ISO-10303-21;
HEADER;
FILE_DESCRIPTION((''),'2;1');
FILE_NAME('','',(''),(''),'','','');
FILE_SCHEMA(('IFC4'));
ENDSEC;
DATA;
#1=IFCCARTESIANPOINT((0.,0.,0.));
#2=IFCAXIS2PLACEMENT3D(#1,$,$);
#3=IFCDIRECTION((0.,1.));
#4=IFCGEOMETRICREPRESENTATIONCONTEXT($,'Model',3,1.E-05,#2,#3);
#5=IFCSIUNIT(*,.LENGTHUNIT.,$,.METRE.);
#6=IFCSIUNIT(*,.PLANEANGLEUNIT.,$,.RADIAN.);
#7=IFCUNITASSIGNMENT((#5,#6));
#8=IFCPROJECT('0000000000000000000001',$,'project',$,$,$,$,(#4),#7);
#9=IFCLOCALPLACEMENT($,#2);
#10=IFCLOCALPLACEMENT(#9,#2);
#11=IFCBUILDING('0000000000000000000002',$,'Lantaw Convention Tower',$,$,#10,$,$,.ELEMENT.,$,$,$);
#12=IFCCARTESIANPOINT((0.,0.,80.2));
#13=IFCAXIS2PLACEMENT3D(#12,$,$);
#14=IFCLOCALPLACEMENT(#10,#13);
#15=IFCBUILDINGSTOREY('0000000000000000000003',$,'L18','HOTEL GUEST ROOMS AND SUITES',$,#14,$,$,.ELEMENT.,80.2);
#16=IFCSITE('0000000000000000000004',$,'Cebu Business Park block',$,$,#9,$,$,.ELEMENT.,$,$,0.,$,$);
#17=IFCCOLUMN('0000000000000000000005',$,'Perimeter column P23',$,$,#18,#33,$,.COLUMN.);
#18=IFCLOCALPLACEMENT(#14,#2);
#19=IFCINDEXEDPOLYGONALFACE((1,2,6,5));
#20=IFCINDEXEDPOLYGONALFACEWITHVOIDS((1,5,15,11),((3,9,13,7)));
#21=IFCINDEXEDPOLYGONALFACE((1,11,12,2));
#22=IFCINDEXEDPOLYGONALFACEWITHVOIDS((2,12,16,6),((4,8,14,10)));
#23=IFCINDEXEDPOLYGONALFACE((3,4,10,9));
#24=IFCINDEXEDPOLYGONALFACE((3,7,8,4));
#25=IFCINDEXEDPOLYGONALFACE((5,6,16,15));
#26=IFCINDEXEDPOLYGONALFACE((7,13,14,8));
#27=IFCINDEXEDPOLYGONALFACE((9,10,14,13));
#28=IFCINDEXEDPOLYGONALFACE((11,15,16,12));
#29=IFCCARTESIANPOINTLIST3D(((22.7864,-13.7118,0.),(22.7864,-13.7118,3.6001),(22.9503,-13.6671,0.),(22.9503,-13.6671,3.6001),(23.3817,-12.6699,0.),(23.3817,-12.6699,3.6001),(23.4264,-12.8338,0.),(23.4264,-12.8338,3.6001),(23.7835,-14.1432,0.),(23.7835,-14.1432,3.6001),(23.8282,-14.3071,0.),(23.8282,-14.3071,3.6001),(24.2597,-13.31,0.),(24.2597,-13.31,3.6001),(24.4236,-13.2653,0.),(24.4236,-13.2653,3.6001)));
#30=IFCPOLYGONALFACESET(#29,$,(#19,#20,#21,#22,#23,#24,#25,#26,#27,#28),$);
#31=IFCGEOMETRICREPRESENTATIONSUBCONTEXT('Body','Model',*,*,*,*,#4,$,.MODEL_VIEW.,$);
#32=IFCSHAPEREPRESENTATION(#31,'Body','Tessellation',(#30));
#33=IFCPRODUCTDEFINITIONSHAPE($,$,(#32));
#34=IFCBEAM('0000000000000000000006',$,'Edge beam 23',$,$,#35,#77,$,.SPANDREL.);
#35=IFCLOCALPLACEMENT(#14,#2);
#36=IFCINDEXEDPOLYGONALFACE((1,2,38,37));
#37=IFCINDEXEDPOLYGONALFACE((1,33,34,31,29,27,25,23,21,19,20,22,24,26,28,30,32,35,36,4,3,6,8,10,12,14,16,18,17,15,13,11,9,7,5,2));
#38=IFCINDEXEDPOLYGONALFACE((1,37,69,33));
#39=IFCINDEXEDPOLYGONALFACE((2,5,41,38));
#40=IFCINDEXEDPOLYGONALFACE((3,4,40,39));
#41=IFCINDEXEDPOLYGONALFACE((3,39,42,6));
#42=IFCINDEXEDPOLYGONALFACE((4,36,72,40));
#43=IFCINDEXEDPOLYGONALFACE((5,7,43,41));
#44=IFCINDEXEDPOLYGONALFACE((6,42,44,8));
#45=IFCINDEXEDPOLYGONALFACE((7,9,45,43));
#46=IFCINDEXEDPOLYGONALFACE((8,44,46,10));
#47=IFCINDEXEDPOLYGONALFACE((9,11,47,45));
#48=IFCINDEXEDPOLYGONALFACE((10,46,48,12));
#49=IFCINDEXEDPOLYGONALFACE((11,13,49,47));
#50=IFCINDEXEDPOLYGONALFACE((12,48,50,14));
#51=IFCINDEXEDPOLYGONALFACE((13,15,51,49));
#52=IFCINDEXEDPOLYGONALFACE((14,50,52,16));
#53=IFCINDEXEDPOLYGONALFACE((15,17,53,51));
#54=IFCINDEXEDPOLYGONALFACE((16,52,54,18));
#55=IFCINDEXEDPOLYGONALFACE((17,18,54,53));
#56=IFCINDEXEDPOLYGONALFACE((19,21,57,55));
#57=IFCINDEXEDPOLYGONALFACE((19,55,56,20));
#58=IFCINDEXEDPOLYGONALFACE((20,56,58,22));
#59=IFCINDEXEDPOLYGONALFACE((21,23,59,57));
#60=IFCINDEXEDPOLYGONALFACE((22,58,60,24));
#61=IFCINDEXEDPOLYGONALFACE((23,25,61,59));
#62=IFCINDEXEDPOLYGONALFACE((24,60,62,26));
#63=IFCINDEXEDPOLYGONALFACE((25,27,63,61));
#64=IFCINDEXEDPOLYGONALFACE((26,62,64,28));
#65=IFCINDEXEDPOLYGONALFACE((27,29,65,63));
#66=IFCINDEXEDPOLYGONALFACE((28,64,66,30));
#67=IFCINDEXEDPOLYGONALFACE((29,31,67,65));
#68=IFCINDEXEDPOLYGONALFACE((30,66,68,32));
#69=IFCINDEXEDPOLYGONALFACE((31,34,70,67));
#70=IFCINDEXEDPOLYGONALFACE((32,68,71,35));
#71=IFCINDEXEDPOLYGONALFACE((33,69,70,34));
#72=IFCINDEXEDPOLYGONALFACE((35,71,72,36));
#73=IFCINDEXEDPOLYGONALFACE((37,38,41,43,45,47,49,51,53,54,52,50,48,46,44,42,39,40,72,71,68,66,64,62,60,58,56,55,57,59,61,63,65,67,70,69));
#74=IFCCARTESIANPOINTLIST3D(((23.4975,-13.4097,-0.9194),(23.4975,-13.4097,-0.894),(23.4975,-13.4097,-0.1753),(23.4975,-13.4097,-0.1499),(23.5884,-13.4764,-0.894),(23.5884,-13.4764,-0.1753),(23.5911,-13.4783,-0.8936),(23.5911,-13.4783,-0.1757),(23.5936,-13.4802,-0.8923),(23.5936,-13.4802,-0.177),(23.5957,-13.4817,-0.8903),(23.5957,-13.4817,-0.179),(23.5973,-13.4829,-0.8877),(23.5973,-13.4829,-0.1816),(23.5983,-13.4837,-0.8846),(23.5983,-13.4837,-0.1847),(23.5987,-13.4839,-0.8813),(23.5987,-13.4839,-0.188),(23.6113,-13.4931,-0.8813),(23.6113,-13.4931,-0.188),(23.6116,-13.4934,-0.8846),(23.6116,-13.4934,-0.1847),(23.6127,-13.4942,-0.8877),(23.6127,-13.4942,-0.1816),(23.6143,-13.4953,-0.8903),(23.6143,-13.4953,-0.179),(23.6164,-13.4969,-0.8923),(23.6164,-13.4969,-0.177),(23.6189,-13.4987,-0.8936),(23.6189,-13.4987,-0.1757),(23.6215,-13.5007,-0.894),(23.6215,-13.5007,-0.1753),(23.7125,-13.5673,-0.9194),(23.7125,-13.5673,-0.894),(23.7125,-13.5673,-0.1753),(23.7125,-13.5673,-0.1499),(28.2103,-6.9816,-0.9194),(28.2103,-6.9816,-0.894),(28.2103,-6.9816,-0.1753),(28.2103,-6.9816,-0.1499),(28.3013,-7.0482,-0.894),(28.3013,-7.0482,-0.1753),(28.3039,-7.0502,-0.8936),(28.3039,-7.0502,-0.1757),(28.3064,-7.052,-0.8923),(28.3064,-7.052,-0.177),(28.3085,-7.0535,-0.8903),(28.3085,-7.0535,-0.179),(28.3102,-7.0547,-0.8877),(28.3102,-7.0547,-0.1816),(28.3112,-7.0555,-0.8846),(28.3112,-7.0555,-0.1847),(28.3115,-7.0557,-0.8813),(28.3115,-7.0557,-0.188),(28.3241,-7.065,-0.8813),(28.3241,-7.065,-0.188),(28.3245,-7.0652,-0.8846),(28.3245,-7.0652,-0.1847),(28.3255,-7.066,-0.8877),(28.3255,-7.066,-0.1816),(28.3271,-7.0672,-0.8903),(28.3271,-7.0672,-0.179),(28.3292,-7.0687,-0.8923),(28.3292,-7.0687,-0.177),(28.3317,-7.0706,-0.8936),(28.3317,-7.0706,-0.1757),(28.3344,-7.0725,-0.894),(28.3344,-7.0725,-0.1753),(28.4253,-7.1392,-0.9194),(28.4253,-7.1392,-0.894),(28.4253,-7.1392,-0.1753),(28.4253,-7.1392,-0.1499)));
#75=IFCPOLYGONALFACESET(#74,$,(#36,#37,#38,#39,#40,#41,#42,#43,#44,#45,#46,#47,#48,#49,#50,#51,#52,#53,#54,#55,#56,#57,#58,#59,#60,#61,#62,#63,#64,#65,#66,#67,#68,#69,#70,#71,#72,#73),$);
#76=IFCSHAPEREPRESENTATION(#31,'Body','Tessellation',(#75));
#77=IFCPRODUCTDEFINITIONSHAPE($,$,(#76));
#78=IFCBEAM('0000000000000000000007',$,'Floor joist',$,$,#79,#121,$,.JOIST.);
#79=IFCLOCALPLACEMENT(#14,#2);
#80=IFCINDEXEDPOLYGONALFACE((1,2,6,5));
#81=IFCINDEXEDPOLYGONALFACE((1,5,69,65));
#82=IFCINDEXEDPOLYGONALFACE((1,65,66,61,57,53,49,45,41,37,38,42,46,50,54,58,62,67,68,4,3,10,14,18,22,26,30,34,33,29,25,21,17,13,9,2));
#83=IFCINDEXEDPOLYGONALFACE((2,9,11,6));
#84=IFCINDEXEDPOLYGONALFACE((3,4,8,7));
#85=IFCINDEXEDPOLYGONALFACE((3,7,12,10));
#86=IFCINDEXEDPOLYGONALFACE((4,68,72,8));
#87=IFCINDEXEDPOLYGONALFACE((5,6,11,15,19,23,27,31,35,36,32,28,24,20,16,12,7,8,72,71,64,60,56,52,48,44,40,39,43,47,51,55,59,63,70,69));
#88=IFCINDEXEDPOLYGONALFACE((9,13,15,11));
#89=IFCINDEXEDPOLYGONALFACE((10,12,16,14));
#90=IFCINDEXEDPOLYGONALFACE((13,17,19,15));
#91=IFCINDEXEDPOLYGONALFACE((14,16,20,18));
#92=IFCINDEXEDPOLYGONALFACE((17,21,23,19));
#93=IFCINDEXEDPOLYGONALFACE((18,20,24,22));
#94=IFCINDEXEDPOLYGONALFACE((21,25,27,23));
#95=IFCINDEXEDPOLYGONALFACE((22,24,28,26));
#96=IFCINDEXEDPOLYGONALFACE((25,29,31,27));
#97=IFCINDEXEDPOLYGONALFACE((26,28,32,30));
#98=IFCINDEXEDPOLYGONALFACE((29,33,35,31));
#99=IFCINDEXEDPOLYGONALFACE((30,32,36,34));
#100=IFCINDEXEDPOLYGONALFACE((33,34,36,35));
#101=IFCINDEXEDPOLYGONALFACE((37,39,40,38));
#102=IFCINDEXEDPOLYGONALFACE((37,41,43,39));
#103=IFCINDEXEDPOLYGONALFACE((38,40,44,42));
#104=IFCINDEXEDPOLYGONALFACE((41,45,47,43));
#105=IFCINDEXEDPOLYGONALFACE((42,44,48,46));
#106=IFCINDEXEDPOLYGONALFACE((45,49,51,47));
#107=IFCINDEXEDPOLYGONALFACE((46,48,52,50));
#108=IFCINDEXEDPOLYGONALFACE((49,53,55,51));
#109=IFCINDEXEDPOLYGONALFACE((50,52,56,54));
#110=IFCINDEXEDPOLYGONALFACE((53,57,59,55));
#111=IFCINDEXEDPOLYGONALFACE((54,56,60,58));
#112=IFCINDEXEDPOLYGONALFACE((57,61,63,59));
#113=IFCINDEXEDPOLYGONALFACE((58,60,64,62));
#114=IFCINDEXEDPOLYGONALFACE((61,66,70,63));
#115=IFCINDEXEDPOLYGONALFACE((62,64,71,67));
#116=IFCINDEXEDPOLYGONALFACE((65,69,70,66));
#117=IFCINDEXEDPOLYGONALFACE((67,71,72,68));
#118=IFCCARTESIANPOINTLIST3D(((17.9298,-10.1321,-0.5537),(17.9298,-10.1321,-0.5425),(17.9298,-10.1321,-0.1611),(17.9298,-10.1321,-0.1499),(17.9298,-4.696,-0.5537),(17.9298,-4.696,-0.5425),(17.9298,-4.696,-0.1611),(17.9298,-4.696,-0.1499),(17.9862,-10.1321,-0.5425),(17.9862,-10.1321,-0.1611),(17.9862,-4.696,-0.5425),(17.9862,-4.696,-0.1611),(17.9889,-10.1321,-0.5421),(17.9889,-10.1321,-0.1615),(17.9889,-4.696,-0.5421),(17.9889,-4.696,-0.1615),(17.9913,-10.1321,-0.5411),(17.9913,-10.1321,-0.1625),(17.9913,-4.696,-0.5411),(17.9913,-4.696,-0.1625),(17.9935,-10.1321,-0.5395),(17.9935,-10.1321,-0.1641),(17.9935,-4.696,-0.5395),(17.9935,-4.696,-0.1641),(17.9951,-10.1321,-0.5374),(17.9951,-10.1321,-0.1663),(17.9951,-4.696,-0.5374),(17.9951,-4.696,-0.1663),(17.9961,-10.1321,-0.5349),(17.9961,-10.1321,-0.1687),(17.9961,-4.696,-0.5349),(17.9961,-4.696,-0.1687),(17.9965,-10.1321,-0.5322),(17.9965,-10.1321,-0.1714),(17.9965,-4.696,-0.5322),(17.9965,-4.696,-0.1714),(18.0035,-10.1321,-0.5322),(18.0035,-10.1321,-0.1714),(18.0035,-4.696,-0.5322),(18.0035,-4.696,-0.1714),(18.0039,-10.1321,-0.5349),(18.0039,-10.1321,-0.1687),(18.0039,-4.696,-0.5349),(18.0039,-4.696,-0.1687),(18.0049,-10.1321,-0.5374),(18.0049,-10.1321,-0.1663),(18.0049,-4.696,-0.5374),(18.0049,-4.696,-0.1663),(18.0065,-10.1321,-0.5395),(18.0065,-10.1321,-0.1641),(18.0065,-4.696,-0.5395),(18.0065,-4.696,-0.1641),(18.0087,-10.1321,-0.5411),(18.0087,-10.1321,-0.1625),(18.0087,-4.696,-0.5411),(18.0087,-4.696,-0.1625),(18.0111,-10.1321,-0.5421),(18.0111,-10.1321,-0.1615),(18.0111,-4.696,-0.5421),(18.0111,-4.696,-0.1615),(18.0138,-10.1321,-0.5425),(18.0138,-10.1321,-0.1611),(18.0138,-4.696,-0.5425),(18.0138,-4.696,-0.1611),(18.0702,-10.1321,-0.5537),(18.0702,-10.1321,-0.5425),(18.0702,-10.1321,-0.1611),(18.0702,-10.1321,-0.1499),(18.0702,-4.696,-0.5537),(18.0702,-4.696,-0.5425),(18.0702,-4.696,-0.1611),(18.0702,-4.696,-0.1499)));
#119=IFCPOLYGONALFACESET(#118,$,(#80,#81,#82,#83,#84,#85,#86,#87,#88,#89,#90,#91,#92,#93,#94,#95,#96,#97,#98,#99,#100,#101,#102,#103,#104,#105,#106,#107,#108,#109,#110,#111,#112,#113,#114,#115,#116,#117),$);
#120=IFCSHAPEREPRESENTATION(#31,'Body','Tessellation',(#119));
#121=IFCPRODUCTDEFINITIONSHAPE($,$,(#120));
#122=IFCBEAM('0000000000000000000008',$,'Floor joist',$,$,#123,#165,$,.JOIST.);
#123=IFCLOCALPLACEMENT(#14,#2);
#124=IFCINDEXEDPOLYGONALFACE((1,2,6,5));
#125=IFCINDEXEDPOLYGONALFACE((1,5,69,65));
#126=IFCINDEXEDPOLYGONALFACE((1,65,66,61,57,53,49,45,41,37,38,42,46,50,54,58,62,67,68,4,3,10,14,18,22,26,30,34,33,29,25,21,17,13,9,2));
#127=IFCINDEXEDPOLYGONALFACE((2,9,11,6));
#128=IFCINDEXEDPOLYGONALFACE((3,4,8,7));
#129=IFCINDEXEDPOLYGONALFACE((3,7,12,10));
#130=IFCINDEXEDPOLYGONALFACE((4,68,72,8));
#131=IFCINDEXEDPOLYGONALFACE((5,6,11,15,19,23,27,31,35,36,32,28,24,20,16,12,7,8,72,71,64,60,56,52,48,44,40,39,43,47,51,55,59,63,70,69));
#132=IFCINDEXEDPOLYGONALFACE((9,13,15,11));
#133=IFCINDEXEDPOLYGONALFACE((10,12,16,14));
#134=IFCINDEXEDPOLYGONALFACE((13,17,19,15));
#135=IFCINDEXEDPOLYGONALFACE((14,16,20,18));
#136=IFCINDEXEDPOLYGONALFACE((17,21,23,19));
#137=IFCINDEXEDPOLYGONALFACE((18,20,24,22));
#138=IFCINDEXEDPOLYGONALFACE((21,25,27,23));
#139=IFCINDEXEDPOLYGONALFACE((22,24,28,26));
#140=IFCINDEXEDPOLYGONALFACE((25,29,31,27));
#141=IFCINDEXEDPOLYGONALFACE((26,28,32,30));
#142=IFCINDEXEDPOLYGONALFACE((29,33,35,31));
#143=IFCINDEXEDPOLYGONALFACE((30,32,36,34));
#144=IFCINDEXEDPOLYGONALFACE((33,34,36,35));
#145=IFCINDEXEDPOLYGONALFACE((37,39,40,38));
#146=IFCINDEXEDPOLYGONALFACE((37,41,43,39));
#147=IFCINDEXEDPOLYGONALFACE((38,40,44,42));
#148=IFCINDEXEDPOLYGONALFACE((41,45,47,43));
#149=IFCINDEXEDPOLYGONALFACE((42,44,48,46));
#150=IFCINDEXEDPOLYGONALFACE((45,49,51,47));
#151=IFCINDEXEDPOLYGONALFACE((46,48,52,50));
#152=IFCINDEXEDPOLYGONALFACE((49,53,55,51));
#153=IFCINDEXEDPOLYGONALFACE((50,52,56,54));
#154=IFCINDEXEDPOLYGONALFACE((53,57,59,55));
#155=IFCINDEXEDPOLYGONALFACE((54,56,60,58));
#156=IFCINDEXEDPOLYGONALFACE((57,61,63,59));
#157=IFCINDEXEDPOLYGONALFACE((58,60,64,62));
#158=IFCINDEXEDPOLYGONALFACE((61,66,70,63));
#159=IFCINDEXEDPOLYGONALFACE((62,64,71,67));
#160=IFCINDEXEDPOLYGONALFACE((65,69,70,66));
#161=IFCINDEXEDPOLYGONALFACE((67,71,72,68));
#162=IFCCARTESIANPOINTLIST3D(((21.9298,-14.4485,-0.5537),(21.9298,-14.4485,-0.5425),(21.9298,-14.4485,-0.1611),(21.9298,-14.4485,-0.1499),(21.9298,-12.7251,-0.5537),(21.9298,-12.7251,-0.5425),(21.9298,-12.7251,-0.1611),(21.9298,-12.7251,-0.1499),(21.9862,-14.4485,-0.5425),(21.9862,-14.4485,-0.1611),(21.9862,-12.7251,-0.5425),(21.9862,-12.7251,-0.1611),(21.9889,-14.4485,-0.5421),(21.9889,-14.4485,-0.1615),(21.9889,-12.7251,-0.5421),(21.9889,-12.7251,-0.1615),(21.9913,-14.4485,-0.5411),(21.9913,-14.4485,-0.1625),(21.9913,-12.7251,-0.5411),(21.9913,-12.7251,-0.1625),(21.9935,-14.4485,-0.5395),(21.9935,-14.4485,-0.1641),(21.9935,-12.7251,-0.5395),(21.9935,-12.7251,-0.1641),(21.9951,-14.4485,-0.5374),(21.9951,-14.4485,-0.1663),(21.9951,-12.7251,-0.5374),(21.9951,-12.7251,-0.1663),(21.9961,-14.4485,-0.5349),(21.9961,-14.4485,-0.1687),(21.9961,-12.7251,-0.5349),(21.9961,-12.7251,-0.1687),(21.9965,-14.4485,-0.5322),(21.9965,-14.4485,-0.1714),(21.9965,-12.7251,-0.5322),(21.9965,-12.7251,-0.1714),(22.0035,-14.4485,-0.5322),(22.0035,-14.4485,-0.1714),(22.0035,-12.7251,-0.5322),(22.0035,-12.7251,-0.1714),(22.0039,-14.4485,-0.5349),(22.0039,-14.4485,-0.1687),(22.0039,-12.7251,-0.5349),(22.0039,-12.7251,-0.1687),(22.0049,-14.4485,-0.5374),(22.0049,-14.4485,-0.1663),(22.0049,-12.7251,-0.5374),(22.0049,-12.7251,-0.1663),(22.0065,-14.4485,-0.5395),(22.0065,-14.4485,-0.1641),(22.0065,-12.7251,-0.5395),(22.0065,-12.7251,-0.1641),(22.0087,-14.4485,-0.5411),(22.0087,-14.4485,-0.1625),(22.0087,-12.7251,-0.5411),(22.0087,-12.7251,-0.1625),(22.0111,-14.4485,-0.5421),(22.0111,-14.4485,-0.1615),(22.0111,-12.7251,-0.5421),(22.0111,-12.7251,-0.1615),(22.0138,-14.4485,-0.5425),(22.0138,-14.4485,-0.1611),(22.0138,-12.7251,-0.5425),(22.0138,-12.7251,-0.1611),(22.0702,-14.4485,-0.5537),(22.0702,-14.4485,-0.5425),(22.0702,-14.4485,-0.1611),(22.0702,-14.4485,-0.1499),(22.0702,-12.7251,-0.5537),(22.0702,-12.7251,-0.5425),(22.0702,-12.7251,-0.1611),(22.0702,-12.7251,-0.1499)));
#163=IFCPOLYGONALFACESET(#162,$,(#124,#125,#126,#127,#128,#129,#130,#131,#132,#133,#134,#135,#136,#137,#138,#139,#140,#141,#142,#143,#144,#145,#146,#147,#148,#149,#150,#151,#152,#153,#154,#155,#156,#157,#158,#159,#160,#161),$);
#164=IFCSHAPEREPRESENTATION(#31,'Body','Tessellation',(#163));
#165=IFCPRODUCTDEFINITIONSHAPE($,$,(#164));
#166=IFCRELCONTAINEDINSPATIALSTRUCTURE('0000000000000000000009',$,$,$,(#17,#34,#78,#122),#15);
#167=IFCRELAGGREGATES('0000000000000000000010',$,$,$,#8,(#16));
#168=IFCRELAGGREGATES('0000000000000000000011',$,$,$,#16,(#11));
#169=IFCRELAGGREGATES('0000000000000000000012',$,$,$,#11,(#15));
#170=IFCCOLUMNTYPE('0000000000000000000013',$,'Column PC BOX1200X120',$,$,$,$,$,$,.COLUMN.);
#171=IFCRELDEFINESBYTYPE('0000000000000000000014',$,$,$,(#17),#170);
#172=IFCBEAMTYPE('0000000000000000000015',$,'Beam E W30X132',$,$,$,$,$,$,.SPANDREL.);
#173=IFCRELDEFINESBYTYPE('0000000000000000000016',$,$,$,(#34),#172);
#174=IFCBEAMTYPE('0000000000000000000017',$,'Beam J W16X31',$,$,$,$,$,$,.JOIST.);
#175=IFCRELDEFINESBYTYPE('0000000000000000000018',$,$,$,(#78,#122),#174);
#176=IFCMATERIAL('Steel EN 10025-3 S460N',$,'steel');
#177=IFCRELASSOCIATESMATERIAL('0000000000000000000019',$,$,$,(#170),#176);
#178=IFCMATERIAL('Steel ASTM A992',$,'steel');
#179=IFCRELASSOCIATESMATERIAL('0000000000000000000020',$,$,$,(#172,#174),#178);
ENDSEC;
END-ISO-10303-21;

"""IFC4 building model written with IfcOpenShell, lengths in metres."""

from ifc_helpers import new_model, si_unit, direction, frame, origin, origin_2d, place, context, subcontext, project, spatial, rectangle, hollow_rectangle, i_section, extrude, material, material_profile, profile_set, type_object, element, save


model = new_model("IFC4")

# Units and contexts
model_context = context("Model", 3, precision=1e-05, world=origin(), true_north=direction((0.0, 1.0)))
body_context = subcontext(model_context, "Body", "Model", "MODEL_VIEW")
ifc_project = project(units=[si_unit("LENGTHUNIT", "METRE"), si_unit("PLANEANGLEUNIT", "RADIAN")], contexts=[model_context])

# Site, building, storey
site_placement = place(None, origin())
site = spatial("IfcSite", under=ifc_project, at=site_placement, Name="Cebu Business Park block", CompositionType="ELEMENT", RefElevation=0.0)
building_placement = place(site_placement, origin())
building = spatial("IfcBuilding", under=site, at=building_placement, Name="Lantaw Convention Tower", CompositionType="ELEMENT")
storey_placement = place(building_placement, frame((0.0, 0.0, 80.2)))
storey = spatial("IfcBuildingStorey", under=building, at=storey_placement, Name="L18", Description="HOTEL GUEST ROOMS AND SUITES", CompositionType="ELEMENT", Elevation=80.2)

# Column
ifc_material_1 = material(Name="Steel EN 10025-3 S460N", Category="steel")
ifc_material_profile_1 = material_profile(ifc_material_1, hollow_rectangle(XDim=1.2, YDim=1.2, WallThickness=0.1201, at=origin_2d()), Name="BOX1200X120")
ifc_material_2 = material(Name="Concrete C60/75", Category="concrete")
ifc_material_profile_2 = material_profile(ifc_material_2, rectangle(XDim=0.96, YDim=0.96, at=origin_2d()), Name="Concrete fill of BOX1200X120")
ifc_profile_set_1 = profile_set([ifc_material_profile_1, ifc_material_profile_2], Name="Steel EN 10025-3 S460N")
column_type = type_object("IfcColumnType", Name="Column PC BOX1200X120", PredefinedType="COLUMN", material=ifc_profile_set_1)
column_placement = place(storey_placement, frame((23.605, -13.4885, 0.0), z_axis=(0.0, 0.0, 1.0), x_axis=(0.496139, 0.868243, 0.0)))
element("IfcColumn", 1, at=column_placement, inside=storey, type_object=column_type, Name="Perimeter column P23", PredefinedType="COLUMN", context=body_context, shape_type="SweptSolid", body=[
    extrude(hollow_rectangle(XDim=1.2, YDim=1.2, WallThickness=0.1201, at=origin_2d()), origin(), (0.0, 0.0, 1.0), 3.6001),
])

# Beams
ifc_material_3 = material(Name="Steel ASTM A992", Category="steel")
ifc_material_profile_3 = material_profile(ifc_material_3, i_section(OverallWidth=0.2666, OverallDepth=0.7695, WebThickness=0.0156, FlangeThickness=0.0254, FilletRadius=0.0127, at=origin_2d()), Name="W30X132")
ifc_profile_set_2 = profile_set([ifc_material_profile_3], Name="Steel ASTM A992")
beam_type_1 = type_object("IfcBeamType", Name="Beam E W30X132", PredefinedType="SPANDREL", material=ifc_profile_set_2)
beam_1_placement = place(storey_placement, frame((23.605, -13.4885, -0.5347), z_axis=(0.591271, 0.806473, 0.0), x_axis=(-0.806473, 0.591271, 0.0)))
element("IfcBeam", 2, at=beam_1_placement, inside=storey, type_object=beam_type_1, Name="Edge beam 23", PredefinedType="SPANDREL", context=body_context, shape_type="SweptSolid", body=[
    extrude(i_section(OverallWidth=0.2666, OverallDepth=0.7695, WebThickness=0.0156, FlangeThickness=0.0254, FilletRadius=0.0127, at=origin_2d()), origin(), (0.0, 0.0, 1.0), 7.9707),
])
ifc_material_profile_4 = material_profile(ifc_material_3, i_section(OverallWidth=0.1404, OverallDepth=0.4038, WebThickness=0.0071, FlangeThickness=0.0112, FilletRadius=0.0103, at=origin_2d()), Name="W16X31")
ifc_profile_set_3 = profile_set([ifc_material_profile_4], Name="Steel ASTM A992")
beam_type_2 = type_object("IfcBeamType", Name="Beam J W16X31", PredefinedType="JOIST", material=ifc_profile_set_3)
beam_2_placement = place(storey_placement, frame((18.0, -10.1321, -0.3518), z_axis=(0.0, 1.0, 0.0), x_axis=(-1.0, 0.0, 0.0)))
element("IfcBeam", 3, at=beam_2_placement, inside=storey, type_object=beam_type_2, Name="Floor joist", PredefinedType="JOIST", context=body_context, shape_type="SweptSolid", body=[
    extrude(i_section(OverallWidth=0.1404, OverallDepth=0.4038, WebThickness=0.0071, FlangeThickness=0.0112, FilletRadius=0.0103, at=origin_2d()), origin(), (0.0, 0.0, 1.0), 5.436),
])
beam_3_placement = place(storey_placement, frame((22.0, -14.4485, -0.3518), z_axis=(0.0, 1.0, 0.0), x_axis=(-1.0, 0.0, 0.0)))
element("IfcBeam", 4, at=beam_3_placement, inside=storey, type_object=beam_type_2, Name="Floor joist", PredefinedType="JOIST", context=body_context, shape_type="SweptSolid", body=[
    extrude(i_section(OverallWidth=0.1404, OverallDepth=0.4038, WebThickness=0.0071, FlangeThickness=0.0112, FilletRadius=0.0103, at=origin_2d()), origin(), (0.0, 0.0, 1.0), 1.7234),
])

save(model, "model.ifc")
